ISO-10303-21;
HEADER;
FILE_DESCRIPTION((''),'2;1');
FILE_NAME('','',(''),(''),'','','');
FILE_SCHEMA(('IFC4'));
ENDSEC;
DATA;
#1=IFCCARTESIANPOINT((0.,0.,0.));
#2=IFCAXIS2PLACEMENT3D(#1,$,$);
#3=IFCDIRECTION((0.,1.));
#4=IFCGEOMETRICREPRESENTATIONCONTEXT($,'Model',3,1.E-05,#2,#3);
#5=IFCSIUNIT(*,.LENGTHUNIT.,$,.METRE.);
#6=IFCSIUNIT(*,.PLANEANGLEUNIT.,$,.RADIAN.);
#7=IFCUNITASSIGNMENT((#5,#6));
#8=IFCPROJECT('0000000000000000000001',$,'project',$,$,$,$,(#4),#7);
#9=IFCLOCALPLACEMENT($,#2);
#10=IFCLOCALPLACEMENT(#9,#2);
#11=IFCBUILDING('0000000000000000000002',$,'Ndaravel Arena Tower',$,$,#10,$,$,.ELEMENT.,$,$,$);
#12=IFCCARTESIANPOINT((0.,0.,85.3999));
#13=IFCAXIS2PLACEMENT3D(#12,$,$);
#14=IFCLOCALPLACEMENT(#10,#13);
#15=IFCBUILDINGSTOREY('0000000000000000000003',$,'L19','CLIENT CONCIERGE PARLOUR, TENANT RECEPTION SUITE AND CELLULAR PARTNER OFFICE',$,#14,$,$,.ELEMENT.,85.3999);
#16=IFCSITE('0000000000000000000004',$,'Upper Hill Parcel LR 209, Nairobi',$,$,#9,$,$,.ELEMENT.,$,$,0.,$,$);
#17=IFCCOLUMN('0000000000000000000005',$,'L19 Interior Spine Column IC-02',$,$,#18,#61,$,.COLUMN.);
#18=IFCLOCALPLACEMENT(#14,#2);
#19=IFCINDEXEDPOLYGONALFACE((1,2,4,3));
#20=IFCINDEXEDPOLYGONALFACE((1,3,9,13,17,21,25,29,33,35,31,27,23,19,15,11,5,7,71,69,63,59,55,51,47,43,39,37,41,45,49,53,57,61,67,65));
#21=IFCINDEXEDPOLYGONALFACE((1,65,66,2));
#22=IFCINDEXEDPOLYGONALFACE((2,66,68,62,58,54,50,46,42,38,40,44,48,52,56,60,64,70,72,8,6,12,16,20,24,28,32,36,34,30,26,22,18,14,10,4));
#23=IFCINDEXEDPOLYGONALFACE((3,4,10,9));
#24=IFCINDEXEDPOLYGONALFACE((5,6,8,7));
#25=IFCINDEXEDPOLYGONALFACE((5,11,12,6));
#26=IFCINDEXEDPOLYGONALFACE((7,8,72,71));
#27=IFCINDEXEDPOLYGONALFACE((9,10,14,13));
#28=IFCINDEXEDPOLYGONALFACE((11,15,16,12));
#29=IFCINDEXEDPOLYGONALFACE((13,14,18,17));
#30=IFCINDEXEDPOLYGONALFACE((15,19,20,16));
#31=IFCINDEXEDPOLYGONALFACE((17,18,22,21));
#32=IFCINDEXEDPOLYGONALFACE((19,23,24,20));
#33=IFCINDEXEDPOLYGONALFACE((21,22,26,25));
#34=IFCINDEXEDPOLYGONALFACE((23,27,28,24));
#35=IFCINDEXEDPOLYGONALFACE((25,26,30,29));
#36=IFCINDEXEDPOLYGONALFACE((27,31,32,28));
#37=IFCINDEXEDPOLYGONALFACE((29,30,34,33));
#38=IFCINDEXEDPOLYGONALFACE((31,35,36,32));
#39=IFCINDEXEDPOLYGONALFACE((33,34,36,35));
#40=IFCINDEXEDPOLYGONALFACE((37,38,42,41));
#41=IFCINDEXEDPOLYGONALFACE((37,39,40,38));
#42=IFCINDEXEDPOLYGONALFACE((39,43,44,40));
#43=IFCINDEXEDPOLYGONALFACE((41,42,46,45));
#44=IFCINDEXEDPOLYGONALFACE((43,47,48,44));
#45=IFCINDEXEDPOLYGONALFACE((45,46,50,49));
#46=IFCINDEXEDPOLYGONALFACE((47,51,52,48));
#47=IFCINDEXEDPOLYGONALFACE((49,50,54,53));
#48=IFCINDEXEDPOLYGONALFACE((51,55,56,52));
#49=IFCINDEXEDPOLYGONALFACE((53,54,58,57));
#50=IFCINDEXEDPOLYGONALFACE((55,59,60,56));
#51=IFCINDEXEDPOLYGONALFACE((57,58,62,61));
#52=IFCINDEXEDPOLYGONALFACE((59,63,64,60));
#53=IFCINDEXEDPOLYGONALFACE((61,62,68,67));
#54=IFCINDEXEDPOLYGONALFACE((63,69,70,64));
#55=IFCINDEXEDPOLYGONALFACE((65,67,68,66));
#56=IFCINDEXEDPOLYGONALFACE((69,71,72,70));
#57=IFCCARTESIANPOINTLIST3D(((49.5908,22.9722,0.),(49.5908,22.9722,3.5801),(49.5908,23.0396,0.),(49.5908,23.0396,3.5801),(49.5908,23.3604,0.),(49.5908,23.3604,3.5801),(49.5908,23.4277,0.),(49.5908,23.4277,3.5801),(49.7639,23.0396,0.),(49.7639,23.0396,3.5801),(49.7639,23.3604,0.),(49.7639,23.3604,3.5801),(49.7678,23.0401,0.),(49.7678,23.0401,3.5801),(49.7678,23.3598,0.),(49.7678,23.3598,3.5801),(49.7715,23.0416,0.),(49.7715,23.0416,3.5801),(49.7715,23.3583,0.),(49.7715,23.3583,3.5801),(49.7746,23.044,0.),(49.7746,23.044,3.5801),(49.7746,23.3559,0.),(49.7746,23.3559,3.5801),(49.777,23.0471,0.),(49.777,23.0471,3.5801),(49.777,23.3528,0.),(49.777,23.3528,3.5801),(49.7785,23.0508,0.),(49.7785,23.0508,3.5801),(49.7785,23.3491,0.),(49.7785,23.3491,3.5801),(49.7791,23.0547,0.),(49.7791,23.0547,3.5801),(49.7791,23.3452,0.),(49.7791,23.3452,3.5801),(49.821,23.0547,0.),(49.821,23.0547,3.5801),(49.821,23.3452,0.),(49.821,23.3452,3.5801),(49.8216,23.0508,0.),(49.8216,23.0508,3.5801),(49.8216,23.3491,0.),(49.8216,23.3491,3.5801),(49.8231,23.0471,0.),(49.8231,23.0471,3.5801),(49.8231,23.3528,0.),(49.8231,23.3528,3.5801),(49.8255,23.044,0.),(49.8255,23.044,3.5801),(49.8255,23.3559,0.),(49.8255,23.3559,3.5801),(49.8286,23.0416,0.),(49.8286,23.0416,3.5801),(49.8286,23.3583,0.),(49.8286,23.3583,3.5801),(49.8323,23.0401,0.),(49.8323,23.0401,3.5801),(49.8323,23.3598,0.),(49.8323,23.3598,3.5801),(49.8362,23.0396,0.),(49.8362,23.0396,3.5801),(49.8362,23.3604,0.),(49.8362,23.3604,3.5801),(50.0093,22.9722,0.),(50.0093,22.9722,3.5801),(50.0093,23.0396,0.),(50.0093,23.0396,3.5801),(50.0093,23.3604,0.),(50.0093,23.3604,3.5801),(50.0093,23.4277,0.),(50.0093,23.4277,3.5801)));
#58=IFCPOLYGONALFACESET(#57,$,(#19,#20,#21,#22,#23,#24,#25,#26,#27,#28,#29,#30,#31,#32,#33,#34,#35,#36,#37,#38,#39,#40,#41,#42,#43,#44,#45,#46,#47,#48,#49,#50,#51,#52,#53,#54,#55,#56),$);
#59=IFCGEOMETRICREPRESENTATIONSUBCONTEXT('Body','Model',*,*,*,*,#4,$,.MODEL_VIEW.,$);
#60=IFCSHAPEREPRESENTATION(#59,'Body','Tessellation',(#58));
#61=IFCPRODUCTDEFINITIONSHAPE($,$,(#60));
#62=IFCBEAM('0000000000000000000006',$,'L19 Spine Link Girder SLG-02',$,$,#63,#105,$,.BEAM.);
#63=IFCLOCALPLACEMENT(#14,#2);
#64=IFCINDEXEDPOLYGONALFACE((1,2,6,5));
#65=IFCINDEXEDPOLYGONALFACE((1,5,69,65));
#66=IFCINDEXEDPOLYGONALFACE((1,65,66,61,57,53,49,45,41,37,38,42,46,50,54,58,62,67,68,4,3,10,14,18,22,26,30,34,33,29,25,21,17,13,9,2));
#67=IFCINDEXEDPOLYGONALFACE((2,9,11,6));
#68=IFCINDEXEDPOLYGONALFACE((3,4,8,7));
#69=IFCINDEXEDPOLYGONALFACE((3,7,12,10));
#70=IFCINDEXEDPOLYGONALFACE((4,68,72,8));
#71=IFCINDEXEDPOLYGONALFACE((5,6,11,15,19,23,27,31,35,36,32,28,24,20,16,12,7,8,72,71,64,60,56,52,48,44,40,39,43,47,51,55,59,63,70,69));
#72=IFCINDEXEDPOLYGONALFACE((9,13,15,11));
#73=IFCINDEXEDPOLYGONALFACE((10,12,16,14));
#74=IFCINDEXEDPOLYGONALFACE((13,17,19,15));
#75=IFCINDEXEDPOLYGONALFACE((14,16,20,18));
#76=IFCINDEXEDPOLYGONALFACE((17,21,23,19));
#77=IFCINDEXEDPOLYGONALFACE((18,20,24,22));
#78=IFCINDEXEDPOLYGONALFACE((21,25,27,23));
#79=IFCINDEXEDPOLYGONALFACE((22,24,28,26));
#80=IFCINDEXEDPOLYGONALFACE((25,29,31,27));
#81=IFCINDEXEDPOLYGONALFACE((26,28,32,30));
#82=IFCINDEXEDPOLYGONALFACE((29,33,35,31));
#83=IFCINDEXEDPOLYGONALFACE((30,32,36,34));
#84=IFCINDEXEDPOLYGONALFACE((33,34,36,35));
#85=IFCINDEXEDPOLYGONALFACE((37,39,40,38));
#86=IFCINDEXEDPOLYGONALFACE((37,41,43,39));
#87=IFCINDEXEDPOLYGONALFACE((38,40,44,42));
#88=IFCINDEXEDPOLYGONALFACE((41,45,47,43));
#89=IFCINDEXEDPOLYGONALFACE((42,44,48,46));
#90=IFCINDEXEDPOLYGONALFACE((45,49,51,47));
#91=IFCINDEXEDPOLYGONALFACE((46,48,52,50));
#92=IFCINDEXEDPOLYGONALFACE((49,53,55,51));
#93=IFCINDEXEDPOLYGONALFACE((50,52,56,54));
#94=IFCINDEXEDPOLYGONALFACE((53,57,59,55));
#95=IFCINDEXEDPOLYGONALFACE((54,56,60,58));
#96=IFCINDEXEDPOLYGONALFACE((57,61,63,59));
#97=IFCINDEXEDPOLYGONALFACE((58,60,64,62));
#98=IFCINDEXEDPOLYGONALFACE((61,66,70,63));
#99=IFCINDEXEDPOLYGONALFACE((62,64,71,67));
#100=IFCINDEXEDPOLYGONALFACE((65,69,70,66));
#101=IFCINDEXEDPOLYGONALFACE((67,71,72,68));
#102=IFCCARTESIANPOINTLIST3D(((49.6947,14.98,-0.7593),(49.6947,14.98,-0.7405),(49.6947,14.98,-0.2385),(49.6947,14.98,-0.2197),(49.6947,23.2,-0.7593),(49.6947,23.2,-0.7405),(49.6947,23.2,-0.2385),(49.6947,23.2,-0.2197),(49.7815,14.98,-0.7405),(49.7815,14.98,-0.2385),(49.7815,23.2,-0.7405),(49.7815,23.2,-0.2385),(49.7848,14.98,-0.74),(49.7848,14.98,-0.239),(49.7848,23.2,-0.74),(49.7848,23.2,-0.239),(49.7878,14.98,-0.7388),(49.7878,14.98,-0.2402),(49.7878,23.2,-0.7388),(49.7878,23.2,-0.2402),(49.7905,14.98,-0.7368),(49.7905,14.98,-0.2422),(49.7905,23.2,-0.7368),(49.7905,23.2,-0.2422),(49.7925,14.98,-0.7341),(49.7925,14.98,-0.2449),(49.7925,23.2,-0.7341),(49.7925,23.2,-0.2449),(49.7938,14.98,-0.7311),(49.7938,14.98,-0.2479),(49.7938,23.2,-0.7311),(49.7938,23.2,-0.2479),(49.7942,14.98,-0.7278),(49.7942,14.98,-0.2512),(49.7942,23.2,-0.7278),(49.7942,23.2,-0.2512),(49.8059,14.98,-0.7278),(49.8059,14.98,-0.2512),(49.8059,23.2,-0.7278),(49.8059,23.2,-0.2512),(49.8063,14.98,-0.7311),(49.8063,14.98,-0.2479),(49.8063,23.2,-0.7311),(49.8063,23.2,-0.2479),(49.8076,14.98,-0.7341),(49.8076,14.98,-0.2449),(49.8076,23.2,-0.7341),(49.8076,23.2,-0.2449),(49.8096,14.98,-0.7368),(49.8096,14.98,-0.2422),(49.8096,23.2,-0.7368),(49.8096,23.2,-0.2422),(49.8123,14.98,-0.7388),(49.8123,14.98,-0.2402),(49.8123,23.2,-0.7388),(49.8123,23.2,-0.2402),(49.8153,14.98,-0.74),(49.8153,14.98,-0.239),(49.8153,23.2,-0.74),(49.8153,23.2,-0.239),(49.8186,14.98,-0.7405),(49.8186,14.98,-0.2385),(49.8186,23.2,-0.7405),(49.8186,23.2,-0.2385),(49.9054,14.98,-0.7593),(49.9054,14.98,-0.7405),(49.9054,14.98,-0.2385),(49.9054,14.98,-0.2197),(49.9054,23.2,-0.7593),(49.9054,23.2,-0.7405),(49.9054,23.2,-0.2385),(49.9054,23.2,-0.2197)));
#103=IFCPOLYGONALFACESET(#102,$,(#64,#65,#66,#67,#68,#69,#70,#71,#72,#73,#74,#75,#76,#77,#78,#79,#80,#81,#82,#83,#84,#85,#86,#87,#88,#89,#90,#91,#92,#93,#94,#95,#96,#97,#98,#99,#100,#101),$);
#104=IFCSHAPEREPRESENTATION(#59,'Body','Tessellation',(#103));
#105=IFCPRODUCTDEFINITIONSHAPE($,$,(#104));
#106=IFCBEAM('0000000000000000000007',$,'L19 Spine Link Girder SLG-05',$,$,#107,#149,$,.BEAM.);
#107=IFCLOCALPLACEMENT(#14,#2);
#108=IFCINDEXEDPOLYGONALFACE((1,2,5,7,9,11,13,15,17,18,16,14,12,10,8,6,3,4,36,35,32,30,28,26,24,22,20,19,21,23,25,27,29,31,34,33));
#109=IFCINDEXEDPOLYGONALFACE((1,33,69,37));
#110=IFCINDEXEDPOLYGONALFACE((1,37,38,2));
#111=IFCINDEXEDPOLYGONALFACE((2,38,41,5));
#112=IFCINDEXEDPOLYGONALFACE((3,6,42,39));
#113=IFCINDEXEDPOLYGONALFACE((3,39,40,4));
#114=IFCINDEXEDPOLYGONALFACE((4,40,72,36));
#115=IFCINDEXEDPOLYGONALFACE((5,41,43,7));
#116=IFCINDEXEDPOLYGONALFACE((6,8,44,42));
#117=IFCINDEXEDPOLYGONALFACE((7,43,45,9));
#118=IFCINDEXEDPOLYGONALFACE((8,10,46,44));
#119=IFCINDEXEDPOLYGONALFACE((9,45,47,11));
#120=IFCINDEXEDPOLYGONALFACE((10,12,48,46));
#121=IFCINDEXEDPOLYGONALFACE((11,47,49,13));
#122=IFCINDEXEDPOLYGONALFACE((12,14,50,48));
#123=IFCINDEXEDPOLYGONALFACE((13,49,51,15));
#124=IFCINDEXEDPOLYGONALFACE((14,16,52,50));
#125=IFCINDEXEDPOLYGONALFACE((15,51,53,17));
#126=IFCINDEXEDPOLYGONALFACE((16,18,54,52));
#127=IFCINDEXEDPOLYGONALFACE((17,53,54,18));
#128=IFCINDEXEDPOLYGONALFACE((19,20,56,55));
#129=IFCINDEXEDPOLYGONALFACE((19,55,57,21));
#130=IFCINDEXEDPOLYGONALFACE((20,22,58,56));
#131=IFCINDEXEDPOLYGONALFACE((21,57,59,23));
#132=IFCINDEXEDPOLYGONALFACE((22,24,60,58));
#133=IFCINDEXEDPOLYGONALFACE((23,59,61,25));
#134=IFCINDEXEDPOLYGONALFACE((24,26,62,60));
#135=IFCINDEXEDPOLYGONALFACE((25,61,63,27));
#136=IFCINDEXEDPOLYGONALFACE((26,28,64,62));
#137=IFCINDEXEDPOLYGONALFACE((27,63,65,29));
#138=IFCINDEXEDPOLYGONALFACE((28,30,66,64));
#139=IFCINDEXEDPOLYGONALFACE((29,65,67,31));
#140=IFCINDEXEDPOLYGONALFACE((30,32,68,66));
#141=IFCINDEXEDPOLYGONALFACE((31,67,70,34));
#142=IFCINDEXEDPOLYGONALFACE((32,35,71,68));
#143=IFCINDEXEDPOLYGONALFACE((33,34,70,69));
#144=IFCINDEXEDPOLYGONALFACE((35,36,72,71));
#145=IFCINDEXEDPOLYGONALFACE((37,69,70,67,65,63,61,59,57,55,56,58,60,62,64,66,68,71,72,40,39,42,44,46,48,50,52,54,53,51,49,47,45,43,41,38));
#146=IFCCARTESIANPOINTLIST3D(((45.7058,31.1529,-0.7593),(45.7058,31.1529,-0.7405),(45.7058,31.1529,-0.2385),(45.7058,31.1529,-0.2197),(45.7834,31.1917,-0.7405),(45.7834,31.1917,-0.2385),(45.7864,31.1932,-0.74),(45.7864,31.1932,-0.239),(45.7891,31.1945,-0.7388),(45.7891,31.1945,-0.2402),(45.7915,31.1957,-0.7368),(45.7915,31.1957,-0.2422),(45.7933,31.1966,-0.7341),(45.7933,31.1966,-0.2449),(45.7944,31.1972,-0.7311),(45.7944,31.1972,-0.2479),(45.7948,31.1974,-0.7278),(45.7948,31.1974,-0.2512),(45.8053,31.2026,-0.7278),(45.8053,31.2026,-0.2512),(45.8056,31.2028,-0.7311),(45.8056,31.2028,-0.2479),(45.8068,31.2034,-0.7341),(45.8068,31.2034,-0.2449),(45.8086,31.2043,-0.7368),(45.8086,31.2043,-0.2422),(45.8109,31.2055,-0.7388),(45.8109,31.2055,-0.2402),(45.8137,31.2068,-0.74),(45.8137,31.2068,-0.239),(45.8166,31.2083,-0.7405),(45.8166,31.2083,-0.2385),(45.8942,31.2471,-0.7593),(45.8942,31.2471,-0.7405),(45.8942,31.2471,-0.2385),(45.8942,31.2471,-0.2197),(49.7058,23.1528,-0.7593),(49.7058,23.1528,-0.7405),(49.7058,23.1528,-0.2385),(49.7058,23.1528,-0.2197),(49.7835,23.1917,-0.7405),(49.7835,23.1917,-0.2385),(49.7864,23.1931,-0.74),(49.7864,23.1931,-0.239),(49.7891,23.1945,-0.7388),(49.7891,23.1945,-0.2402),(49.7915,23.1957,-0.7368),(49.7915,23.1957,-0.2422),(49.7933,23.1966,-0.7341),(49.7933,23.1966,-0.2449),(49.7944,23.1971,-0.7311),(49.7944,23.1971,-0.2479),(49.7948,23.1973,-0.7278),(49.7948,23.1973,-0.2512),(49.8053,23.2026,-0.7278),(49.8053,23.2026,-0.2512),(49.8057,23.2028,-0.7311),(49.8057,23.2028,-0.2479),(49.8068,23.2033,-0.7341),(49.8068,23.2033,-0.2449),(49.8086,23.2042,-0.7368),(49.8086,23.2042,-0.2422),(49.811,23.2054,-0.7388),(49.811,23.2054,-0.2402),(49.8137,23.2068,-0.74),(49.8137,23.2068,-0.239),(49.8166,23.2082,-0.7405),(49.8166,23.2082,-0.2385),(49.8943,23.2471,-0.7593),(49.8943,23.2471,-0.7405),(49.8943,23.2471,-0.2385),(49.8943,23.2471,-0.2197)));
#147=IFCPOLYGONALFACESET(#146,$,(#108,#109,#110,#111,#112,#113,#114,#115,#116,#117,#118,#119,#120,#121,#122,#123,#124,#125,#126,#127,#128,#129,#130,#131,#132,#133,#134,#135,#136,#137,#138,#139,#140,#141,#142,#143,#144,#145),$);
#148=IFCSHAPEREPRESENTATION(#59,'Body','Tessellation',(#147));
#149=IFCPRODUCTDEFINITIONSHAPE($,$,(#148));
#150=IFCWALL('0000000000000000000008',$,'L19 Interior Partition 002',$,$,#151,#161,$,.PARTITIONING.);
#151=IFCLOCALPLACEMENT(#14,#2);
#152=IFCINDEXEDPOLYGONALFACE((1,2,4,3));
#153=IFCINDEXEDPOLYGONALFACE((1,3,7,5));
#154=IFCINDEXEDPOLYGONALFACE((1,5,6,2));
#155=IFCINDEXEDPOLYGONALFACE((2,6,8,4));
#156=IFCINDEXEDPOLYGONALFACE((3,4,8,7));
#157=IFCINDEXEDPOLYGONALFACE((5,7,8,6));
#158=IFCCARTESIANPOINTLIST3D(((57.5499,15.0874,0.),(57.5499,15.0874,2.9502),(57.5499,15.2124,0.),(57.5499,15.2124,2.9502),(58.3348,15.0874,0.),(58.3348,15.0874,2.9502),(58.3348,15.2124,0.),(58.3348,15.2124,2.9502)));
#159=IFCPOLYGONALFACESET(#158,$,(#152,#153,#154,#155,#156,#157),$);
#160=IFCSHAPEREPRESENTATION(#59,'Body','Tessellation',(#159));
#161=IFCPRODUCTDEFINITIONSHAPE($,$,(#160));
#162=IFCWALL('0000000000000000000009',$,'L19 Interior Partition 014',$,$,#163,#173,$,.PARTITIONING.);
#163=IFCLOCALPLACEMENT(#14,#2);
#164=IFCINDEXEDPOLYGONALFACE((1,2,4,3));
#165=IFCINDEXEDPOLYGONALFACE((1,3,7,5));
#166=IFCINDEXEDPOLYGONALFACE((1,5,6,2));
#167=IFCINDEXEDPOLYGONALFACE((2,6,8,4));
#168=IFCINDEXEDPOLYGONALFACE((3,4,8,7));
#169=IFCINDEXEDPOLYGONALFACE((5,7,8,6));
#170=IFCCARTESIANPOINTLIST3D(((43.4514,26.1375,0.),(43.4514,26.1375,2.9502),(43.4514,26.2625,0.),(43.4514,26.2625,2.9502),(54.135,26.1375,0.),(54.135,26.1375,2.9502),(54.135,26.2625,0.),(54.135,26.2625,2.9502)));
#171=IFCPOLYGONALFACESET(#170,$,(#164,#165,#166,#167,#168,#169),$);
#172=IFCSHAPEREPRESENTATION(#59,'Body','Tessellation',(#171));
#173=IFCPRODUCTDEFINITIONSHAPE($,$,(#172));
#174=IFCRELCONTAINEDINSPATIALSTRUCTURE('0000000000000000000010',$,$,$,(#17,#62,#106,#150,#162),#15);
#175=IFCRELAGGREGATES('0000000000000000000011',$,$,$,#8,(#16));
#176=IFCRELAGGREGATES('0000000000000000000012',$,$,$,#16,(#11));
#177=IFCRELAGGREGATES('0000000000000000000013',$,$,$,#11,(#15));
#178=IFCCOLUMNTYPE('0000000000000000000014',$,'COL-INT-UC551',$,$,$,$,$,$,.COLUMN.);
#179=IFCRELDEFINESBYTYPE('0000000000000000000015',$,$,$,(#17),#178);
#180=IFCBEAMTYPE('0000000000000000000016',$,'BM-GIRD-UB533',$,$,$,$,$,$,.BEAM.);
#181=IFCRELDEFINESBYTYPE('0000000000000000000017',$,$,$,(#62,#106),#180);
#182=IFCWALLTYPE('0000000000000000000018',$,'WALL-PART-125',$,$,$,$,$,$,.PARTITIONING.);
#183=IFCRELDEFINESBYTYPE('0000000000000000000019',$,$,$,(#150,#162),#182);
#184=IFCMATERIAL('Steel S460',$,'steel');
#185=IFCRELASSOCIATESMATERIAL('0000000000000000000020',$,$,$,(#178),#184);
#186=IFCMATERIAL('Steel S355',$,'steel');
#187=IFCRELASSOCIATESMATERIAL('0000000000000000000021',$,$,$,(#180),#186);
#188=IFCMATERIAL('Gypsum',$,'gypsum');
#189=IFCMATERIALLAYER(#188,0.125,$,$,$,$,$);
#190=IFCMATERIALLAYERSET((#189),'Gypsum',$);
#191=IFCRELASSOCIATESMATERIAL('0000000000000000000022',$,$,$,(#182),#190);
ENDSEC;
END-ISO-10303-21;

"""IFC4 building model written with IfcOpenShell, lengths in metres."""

from ifc_helpers import new_model, si_unit, direction, frame, frame_2d, origin, origin_2d, place, context, subcontext, project, spatial, rectangle, i_section, extrude, material, layer, layer_set, material_profile, profile_set, type_object, element, save


model = new_model("IFC4")

# Units and contexts
model_context = context("Model", 3, precision=1e-05, world=origin(), true_north=direction((0.0, 1.0)))
body_context = subcontext(model_context, "Body", "Model", "MODEL_VIEW")
ifc_project = project(units=[si_unit("LENGTHUNIT", "METRE"), si_unit("PLANEANGLEUNIT", "RADIAN")], contexts=[model_context])

# Site, building, storey
site_placement = place(None, origin())
site = spatial("IfcSite", under=ifc_project, at=site_placement, Name="Upper Hill Parcel LR 209, Nairobi", CompositionType="ELEMENT", RefElevation=0.0)
building_placement = place(site_placement, origin())
building = spatial("IfcBuilding", under=site, at=building_placement, Name="Ndaravel Arena Tower", CompositionType="ELEMENT")
storey_placement = place(building_placement, frame((0.0, 0.0, 85.3999)))
storey = spatial("IfcBuildingStorey", under=building, at=storey_placement, Name="L19", Description="CLIENT CONCIERGE PARLOUR, TENANT RECEPTION SUITE AND CELLULAR PARTNER OFFICE", CompositionType="ELEMENT", Elevation=85.3999)

# Column
ifc_material_1 = material(Name="Steel S460", Category="steel")
ifc_material_profile_1 = material_profile(ifc_material_1, i_section(OverallWidth=0.4185, OverallDepth=0.4556, WebThickness=0.042, FlangeThickness=0.0674, FilletRadius=0.0151, at=origin_2d()), Name="UC 356x406x551")
ifc_profile_set_1 = profile_set([ifc_material_profile_1], Name="Steel S460")
column_type = type_object("IfcColumnType", Name="COL-INT-UC551", PredefinedType="COLUMN", material=ifc_profile_set_1)
column_placement = place(storey_placement, frame((49.8, 23.2, 0.0), z_axis=(0.0, 0.0, 1.0), x_axis=(1.0, 0.0, 0.0)))
element("IfcColumn", 1, at=column_placement, inside=storey, type_object=column_type, Name="L19 Interior Spine Column IC-02", PredefinedType="COLUMN", context=body_context, shape_type="SweptSolid", body=[
    extrude(i_section(OverallWidth=0.4185, OverallDepth=0.4556, WebThickness=0.042, FlangeThickness=0.0674, FilletRadius=0.0151, at=origin_2d()), origin(), (0.0, 0.0, 1.0), 3.5801),
])

# Beams
ifc_material_2 = material(Name="Steel S355", Category="steel")
ifc_material_profile_2 = material_profile(ifc_material_2, i_section(OverallWidth=0.2107, OverallDepth=0.5396, WebThickness=0.0117, FlangeThickness=0.0188, FilletRadius=0.0127, at=origin_2d()), Name="UB 533x210x109")
ifc_profile_set_2 = profile_set([ifc_material_profile_2], Name="Steel S355")
beam_type = type_object("IfcBeamType", Name="BM-GIRD-UB533", PredefinedType="BEAM", material=ifc_profile_set_2)
beam_1_placement = place(storey_placement, frame((49.8, 14.98, -0.4895), z_axis=(0.0, 1.0, 0.0), x_axis=(-1.0, 0.0, 0.0)))
element("IfcBeam", 2, at=beam_1_placement, inside=storey, type_object=beam_type, Name="L19 Spine Link Girder SLG-02", PredefinedType="BEAM", context=body_context, shape_type="SweptSolid", body=[
    extrude(i_section(OverallWidth=0.2107, OverallDepth=0.5396, WebThickness=0.0117, FlangeThickness=0.0188, FilletRadius=0.0127, at=origin_2d()), origin(), (0.0, 0.0, 1.0), 8.22),
])
beam_2_placement = place(storey_placement, frame((49.8, 23.2, -0.4895), z_axis=(-0.447214, 0.894427, 0.0), x_axis=(-0.894427, -0.447214, 0.0)))
element("IfcBeam", 3, at=beam_2_placement, inside=storey, type_object=beam_type, Name="L19 Spine Link Girder SLG-05", PredefinedType="BEAM", context=body_context, shape_type="SweptSolid", body=[
    extrude(i_section(OverallWidth=0.2107, OverallDepth=0.5396, WebThickness=0.0117, FlangeThickness=0.0188, FilletRadius=0.0127, at=origin_2d()), origin(), (0.0, 0.0, 1.0), 8.9443),
])

# Walls
ifc_material_3 = material(Name="Gypsum", Category="gypsum")
ifc_layer_1 = layer(ifc_material_3, 0.125)
ifc_layer_set_1 = layer_set([ifc_layer_1], Name="Gypsum")
wall_type_1 = type_object("IfcWallType", Name="WALL-PART-125", PredefinedType="PARTITIONING", material=ifc_layer_set_1)
wall_1_placement = place(storey_placement, frame((58.335, 15.1499, 0.0), z_axis=(0.0, 0.0, 1.0), x_axis=(-1.0, 0.0, 0.0)))
element("IfcWall", 4, at=wall_1_placement, inside=storey, type_object=wall_type_1, Name="L19 Interior Partition 002", PredefinedType="PARTITIONING", context=body_context, shape_type="SweptSolid", body=[
    extrude(rectangle(XDim=0.7849, YDim=0.125, at=frame_2d((0.3926, 0.0))), origin(), (0.0, 0.0, 1.0), 2.9502),
])
wall_2_placement = place(storey_placement, frame((54.135, 26.2, 0.0), z_axis=(0.0, 0.0, 1.0), x_axis=(-1.0, 0.0, 0.0)))
element("IfcWall", 5, at=wall_2_placement, inside=storey, type_object=wall_type_1, Name="L19 Interior Partition 014", PredefinedType="PARTITIONING", context=body_context, shape_type="SweptSolid", body=[
    extrude(rectangle(XDim=10.6836, YDim=0.125, at=frame_2d((5.3418, 0.0))), origin(), (0.0, 0.0, 1.0), 2.9502),
])

save(model, "model.ifc")
